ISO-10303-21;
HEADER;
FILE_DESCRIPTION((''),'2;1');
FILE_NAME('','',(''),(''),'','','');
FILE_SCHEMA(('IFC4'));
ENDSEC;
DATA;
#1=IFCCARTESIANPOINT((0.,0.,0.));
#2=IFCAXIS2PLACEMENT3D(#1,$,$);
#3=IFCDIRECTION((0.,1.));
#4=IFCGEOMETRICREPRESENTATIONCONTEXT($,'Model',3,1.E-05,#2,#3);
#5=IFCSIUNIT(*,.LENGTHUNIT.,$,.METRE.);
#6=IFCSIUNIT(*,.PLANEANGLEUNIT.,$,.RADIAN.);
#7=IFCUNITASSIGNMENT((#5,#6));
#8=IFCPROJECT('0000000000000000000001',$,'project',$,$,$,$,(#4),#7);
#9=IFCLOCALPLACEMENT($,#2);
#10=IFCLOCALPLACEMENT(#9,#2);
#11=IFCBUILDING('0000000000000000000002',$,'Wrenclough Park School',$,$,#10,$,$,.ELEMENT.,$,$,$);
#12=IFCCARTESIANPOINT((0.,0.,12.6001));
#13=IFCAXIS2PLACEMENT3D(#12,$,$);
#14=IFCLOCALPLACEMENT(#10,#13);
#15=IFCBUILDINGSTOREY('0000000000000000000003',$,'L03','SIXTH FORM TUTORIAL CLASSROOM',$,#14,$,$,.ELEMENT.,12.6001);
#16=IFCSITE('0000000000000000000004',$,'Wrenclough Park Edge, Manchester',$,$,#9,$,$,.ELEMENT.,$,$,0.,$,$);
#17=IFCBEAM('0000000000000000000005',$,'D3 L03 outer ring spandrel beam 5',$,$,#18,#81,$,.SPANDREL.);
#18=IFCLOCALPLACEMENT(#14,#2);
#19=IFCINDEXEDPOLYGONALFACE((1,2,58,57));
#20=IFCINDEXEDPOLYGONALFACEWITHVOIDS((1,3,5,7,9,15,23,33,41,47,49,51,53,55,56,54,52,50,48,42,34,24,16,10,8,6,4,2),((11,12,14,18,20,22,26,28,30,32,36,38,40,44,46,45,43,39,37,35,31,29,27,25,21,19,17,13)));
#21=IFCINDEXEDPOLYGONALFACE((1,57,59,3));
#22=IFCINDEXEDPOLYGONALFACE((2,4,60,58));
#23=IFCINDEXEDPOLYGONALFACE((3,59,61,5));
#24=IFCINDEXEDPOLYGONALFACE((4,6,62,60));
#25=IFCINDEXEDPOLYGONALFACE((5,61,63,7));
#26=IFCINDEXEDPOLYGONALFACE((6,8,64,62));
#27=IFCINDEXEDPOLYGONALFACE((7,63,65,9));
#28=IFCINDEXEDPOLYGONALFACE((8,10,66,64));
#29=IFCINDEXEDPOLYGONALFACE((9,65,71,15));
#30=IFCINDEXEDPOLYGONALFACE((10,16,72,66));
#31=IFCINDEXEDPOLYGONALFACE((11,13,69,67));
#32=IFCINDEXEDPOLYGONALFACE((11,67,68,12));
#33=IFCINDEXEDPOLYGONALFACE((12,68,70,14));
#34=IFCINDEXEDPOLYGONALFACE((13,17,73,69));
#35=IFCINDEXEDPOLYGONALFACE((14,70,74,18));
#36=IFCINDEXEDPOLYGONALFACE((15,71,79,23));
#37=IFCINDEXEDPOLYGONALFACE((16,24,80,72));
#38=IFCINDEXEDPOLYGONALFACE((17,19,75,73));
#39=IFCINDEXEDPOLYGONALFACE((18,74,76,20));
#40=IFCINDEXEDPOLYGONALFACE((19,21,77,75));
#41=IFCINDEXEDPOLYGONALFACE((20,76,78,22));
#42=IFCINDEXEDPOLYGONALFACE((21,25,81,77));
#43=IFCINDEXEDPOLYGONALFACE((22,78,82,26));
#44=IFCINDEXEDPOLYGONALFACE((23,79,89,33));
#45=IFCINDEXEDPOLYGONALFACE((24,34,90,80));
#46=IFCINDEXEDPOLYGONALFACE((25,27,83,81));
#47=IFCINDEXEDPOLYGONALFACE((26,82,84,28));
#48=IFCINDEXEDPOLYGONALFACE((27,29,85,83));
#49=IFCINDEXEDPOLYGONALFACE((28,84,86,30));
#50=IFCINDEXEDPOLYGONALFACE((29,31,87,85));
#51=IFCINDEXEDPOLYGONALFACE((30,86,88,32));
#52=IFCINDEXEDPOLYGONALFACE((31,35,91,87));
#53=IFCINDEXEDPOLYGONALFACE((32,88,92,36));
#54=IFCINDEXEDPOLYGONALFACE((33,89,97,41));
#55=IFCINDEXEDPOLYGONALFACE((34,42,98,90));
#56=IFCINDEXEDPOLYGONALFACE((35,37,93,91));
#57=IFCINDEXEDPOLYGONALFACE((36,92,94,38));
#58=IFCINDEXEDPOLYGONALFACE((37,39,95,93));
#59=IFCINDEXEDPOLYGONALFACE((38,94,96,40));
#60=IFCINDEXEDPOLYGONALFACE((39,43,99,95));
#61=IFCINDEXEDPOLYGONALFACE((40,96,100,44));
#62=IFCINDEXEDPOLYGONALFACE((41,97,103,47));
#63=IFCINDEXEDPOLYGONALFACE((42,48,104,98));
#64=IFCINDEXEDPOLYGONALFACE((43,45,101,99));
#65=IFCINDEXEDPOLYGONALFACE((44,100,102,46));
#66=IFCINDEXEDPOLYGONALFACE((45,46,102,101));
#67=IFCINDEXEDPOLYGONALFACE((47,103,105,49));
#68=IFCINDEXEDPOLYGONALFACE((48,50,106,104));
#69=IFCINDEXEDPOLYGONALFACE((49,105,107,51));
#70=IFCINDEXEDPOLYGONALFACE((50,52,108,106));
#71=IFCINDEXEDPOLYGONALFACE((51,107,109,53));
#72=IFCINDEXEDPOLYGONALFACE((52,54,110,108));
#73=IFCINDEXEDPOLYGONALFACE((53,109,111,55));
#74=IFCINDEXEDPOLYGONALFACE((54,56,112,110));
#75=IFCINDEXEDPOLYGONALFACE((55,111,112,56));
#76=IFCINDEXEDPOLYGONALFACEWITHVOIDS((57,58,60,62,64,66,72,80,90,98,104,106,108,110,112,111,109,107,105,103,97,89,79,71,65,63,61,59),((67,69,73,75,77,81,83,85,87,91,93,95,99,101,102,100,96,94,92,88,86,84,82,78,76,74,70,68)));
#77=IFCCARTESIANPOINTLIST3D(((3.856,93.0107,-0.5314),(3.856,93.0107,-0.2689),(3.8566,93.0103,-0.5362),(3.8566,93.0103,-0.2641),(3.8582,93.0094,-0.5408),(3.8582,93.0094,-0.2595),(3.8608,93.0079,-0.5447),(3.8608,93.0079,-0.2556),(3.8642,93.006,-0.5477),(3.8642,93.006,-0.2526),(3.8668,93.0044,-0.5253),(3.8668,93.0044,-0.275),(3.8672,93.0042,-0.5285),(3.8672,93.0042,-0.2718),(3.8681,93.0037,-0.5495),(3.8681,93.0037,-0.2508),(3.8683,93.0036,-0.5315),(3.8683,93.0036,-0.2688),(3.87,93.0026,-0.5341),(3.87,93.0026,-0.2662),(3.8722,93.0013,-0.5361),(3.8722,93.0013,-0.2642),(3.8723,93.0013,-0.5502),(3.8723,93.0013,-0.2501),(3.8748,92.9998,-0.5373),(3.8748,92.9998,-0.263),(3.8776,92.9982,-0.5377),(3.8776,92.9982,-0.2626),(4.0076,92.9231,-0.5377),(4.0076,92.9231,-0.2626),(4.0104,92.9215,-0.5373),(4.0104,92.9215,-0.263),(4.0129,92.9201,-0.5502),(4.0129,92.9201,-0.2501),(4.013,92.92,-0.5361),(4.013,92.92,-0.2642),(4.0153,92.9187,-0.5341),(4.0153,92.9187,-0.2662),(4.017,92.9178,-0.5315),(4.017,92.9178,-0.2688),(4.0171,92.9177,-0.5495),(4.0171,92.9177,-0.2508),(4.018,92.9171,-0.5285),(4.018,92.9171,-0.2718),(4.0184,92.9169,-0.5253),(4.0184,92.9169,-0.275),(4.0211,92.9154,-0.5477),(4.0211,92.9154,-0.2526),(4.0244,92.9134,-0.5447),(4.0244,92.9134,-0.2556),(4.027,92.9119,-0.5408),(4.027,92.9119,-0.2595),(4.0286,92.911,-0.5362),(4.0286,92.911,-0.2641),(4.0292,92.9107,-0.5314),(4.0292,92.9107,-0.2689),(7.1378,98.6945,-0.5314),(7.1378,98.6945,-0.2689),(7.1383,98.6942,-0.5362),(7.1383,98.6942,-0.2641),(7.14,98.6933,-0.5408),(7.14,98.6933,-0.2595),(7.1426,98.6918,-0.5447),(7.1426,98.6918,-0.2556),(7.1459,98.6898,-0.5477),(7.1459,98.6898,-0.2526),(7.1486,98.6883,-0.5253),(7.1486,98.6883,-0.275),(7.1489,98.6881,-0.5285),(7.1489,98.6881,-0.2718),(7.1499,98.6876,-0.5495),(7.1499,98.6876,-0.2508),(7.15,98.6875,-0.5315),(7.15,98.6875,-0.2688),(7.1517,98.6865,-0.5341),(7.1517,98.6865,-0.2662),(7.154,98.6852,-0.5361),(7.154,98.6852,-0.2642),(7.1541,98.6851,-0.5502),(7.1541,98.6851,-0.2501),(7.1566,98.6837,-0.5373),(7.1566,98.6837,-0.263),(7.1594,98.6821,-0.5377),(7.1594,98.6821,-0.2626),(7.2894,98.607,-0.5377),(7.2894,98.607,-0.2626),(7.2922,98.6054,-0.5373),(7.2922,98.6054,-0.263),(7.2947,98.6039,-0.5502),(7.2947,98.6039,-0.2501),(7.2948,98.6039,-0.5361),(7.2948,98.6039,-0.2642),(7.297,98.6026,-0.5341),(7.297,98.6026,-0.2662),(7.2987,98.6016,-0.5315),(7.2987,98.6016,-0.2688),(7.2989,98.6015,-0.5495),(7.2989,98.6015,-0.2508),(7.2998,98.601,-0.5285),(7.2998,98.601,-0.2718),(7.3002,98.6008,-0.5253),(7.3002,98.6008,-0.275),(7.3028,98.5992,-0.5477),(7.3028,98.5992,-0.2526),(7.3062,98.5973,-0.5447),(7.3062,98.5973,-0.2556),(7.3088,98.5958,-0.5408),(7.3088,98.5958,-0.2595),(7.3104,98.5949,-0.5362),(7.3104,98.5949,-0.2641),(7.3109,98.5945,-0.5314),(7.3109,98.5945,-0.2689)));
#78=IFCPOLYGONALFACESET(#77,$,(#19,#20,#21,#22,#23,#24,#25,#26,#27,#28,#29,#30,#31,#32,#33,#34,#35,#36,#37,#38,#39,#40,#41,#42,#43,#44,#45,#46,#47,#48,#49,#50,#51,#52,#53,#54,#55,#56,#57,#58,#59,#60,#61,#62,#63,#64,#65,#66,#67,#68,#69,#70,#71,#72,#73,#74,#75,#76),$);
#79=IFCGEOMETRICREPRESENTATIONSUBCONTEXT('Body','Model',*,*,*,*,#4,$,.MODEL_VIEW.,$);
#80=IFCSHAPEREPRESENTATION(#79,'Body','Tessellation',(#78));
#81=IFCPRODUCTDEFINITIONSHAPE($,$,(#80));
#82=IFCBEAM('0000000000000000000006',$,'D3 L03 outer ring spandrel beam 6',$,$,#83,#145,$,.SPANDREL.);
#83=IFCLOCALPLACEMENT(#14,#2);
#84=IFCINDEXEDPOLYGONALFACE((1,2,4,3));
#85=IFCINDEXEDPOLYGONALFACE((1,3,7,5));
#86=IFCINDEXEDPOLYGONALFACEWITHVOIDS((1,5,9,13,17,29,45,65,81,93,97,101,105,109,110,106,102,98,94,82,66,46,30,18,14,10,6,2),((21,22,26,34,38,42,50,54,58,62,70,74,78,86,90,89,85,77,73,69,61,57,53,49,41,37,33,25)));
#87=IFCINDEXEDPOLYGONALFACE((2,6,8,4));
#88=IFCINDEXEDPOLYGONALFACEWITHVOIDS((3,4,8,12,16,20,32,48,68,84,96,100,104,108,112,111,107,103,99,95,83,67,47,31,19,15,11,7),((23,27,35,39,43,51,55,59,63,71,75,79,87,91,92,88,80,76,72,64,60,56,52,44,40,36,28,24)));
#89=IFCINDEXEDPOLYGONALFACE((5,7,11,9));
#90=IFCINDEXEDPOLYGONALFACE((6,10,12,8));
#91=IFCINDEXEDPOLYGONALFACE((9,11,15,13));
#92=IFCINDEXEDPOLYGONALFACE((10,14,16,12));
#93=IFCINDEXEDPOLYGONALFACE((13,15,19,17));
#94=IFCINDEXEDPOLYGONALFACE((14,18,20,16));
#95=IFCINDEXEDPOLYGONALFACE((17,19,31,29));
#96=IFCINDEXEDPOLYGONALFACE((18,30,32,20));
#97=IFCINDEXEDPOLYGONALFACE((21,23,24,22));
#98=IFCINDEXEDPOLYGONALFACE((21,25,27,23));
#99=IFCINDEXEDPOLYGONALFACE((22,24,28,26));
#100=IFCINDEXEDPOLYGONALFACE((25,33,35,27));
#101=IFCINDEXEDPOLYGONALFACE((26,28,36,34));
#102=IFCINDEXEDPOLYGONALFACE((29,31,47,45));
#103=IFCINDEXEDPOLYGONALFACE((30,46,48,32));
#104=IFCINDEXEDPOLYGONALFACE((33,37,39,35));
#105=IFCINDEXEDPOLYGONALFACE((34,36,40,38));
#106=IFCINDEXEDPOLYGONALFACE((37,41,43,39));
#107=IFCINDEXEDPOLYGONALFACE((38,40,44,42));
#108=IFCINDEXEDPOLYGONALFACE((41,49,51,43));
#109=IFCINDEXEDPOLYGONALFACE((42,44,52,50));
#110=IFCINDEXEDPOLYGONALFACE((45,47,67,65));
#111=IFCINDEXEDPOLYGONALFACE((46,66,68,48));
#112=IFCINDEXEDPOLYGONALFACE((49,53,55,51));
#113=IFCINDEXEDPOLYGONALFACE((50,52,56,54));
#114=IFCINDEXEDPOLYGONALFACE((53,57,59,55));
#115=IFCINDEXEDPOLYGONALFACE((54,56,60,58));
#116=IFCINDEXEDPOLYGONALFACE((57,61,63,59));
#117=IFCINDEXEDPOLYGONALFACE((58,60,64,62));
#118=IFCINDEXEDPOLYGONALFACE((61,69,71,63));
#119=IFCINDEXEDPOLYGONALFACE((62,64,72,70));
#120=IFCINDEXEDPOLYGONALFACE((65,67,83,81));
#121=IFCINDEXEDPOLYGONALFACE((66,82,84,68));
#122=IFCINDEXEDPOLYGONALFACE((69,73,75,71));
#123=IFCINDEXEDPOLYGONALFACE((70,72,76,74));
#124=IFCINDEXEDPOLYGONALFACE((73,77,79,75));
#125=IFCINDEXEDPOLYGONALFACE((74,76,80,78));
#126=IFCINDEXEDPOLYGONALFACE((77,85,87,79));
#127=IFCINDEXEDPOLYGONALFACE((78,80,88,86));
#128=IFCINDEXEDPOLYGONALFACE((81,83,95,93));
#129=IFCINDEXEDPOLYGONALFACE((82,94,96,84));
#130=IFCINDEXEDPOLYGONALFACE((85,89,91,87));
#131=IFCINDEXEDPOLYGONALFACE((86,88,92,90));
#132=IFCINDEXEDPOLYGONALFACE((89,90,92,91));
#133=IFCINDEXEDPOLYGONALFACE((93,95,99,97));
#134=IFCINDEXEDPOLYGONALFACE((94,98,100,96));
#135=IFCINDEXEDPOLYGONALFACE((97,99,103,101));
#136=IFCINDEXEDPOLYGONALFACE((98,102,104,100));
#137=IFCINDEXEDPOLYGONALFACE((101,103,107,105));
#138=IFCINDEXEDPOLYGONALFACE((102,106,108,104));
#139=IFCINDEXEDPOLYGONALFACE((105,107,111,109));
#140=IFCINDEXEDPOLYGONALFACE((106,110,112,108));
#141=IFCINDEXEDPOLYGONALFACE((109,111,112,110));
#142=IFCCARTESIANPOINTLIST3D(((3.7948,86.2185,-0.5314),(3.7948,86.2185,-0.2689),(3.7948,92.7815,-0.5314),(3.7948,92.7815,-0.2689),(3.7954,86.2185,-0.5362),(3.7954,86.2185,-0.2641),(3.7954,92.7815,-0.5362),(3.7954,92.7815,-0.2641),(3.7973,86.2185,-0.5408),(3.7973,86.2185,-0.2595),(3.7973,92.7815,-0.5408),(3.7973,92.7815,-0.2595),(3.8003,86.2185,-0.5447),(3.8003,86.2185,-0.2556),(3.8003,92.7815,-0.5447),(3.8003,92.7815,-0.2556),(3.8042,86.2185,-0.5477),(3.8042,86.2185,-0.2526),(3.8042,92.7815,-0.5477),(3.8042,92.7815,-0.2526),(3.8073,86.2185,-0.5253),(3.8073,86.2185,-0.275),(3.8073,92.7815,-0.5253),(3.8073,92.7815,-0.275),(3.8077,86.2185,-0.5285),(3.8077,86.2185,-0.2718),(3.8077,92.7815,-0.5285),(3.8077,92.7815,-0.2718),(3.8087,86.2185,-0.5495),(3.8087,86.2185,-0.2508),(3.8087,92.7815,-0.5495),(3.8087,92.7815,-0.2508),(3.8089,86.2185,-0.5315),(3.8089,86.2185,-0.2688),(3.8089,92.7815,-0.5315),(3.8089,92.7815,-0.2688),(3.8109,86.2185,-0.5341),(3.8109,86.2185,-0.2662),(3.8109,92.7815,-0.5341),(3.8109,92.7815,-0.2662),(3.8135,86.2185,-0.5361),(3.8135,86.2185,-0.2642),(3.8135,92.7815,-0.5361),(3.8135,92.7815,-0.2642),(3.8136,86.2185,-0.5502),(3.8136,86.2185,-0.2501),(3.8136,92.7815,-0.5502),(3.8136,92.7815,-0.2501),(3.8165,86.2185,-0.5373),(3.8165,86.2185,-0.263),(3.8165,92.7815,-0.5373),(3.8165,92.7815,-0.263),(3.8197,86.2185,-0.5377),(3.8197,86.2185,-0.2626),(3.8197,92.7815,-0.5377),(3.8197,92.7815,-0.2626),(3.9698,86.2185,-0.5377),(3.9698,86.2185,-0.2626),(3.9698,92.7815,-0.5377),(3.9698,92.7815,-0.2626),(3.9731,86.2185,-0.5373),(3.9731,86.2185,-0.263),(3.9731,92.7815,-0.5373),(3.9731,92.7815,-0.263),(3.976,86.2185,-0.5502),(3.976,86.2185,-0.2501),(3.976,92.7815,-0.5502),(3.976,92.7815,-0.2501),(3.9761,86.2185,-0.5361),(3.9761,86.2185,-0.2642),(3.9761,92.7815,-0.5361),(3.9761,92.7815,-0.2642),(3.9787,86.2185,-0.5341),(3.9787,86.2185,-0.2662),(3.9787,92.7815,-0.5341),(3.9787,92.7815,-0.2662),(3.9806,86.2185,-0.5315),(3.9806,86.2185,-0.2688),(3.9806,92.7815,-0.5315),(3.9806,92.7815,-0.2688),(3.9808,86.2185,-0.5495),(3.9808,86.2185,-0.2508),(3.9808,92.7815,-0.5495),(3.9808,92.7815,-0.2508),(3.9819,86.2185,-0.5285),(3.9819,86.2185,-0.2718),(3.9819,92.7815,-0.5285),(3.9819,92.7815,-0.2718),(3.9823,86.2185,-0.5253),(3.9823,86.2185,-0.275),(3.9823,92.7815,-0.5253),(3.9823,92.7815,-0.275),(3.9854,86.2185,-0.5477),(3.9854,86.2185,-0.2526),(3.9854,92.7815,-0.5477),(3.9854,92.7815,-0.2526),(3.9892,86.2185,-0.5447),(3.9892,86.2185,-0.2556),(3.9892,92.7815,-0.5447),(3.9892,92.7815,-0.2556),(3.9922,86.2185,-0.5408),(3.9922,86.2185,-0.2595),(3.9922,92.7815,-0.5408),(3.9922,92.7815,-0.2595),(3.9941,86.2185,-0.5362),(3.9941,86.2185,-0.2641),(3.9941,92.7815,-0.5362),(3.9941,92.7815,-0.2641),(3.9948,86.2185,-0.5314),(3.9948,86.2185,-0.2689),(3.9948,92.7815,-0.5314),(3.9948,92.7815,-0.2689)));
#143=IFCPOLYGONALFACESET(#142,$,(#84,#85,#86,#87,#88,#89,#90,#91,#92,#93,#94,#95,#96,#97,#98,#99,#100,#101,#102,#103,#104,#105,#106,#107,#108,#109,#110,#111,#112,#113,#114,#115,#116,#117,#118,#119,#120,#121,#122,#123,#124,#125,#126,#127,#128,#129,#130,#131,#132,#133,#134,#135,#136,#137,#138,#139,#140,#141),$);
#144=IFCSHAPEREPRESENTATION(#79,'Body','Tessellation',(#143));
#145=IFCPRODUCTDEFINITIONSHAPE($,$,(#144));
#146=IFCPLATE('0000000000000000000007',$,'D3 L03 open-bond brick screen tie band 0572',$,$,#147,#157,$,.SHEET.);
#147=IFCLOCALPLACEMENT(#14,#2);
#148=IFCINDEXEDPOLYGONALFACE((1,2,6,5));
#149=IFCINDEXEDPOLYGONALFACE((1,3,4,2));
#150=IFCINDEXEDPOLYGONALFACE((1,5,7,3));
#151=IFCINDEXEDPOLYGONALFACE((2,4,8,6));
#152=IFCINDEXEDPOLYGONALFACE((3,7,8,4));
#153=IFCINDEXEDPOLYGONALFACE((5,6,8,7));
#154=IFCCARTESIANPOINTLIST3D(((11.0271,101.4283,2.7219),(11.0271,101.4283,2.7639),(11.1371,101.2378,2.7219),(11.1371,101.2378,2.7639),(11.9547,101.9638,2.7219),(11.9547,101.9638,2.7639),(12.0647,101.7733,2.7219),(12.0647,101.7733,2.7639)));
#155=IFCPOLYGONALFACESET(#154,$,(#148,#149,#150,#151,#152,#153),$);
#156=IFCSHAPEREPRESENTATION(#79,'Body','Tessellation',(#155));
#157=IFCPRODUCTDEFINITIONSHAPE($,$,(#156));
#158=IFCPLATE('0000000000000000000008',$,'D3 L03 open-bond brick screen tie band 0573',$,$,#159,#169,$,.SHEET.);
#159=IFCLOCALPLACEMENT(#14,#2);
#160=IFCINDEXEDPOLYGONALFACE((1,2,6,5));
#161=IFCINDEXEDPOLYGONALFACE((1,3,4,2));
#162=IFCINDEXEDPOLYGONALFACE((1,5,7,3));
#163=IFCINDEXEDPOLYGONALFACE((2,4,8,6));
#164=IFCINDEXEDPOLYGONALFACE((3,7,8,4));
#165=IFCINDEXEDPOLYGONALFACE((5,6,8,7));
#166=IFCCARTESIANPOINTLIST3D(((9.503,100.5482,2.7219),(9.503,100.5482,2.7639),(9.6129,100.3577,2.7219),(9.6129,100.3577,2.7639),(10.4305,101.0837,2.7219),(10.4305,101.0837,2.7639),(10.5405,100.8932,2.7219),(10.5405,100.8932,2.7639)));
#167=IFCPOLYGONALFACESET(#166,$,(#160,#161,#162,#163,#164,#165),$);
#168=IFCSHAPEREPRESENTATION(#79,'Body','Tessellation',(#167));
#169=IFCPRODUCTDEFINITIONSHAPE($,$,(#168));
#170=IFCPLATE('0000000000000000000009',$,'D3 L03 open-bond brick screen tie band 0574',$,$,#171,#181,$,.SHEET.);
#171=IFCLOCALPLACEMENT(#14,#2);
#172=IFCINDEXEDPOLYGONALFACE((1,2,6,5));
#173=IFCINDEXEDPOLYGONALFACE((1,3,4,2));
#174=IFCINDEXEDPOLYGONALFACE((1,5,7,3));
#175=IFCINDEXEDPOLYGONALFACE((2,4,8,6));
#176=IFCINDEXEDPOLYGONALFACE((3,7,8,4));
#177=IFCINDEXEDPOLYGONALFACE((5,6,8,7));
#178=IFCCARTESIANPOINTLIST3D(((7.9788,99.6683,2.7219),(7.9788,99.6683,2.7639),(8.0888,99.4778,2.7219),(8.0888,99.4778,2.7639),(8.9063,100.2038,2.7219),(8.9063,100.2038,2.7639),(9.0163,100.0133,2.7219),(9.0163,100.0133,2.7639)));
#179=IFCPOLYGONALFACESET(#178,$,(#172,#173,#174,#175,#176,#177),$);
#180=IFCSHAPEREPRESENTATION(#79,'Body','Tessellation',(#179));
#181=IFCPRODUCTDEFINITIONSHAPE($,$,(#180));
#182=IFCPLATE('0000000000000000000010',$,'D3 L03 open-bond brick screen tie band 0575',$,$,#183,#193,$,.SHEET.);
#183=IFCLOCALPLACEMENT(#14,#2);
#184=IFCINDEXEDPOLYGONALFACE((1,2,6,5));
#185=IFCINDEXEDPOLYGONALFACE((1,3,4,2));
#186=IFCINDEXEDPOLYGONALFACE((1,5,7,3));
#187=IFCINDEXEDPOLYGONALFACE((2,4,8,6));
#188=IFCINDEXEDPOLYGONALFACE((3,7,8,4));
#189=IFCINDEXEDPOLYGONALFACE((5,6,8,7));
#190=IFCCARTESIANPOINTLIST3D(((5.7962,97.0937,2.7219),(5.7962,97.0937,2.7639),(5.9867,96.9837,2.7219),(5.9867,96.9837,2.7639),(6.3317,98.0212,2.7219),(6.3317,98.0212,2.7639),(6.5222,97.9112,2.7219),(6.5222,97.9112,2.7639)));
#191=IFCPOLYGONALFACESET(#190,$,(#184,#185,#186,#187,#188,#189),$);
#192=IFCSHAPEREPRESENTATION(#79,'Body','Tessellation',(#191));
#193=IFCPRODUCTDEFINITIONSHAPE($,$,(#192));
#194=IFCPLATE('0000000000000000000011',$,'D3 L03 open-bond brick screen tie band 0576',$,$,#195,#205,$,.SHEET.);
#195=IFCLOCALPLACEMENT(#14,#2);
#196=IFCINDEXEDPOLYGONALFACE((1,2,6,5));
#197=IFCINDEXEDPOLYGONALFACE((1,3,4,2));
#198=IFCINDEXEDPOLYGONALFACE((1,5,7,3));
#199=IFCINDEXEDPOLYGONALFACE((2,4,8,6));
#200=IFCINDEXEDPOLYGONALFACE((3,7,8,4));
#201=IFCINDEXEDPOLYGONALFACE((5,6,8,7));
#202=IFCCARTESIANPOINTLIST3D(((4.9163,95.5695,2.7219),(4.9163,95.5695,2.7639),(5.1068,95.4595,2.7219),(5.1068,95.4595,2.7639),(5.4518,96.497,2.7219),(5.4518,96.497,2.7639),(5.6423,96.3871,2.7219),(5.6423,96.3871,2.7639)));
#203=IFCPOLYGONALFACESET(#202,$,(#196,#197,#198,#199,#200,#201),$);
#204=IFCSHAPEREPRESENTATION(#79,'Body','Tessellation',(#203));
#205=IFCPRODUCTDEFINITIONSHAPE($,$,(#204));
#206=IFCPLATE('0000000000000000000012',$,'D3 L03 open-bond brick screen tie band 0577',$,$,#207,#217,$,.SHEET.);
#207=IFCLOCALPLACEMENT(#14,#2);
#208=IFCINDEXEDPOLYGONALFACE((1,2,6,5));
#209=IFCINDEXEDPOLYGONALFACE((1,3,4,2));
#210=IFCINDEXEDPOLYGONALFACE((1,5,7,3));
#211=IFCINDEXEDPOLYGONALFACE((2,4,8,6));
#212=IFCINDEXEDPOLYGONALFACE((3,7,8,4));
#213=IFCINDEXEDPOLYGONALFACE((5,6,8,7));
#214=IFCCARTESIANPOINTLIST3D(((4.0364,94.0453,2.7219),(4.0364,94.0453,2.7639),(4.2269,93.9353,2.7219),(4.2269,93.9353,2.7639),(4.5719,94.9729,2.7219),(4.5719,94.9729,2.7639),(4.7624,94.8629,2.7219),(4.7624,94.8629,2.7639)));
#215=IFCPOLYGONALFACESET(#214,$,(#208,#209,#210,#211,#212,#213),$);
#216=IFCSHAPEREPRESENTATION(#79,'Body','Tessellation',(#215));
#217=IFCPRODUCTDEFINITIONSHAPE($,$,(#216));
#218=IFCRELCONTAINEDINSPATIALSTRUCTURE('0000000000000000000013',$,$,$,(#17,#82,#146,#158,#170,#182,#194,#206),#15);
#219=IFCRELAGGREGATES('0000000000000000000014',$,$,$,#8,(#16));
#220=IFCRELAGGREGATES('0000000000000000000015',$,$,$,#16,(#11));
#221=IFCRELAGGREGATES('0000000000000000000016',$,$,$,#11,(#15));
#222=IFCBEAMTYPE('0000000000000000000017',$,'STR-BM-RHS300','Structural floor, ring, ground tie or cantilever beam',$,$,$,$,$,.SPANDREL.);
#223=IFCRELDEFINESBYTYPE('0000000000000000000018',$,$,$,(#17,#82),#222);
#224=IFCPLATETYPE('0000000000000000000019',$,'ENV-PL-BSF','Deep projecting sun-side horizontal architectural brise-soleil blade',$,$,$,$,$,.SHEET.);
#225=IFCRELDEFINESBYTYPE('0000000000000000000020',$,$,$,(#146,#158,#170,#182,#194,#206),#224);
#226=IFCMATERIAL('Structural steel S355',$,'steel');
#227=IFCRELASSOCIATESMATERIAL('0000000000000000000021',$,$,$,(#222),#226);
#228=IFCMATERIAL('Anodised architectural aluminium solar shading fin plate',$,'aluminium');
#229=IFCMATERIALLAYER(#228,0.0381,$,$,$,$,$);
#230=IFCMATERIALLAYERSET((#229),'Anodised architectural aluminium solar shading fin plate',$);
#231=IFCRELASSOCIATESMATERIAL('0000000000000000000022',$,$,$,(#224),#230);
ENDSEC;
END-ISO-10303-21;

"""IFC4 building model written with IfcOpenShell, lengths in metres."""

from ifc_helpers import new_model, si_unit, direction, frame, origin, origin_2d, place, context, subcontext, project, spatial, rectangle, hollow_rectangle, extrude, material, layer, layer_set, material_profile, profile_set, type_object, element, save


model = new_model("IFC4")

# Units and contexts
model_context = context("Model", 3, precision=1e-05, world=origin(), true_north=direction((0.0, 1.0)))
body_context = subcontext(model_context, "Body", "Model", "MODEL_VIEW")
ifc_project = project(units=[si_unit("LENGTHUNIT", "METRE"), si_unit("PLANEANGLEUNIT", "RADIAN")], contexts=[model_context])

# Site, building, storey
site_placement = place(None, origin())
site = spatial("IfcSite", under=ifc_project, at=site_placement, Name="Wrenclough Park Edge, Manchester", CompositionType="ELEMENT", RefElevation=0.0)
building_placement = place(site_placement, origin())
building = spatial("IfcBuilding", under=site, at=building_placement, Name="Wrenclough Park School", CompositionType="ELEMENT")
storey_placement = place(building_placement, frame((0.0, 0.0, 12.6001)))
storey = spatial("IfcBuildingStorey", under=building, at=storey_placement, Name="L03", Description="SIXTH FORM TUTORIAL CLASSROOM", CompositionType="ELEMENT", Elevation=12.6001)

# Shared definitions
ifc_material_1 = material(Name="Structural steel S355", Category="steel")

# Beams
ifc_material_profile_1 = material_profile(ifc_material_1, hollow_rectangle(XDim=0.2, YDim=0.3, WallThickness=0.0125, InnerFilletRadius=0.0125, OuterFilletRadius=0.0188, at=origin_2d()), Name="RHS 300x200x12.5")
ifc_profile_set_1 = profile_set([ifc_material_profile_1], Name="Structural steel S355")
beam_type = type_object("IfcBeamType", Name="STR-BM-RHS300", Description="Structural floor, ring, ground tie or cantilever beam", PredefinedType="SPANDREL", material=ifc_profile_set_1)
beam_1_placement = place(storey_placement, frame((7.2244, 98.6445, -0.4001), z_axis=(-0.50002, -0.866014, 0.0), x_axis=(0.866014, -0.50002, 0.0)))
element("IfcBeam", 1, at=beam_1_placement, inside=storey, type_object=beam_type, Name="D3 L03 outer ring spandrel beam 5", PredefinedType="SPANDREL", context=body_context, shape_type="SweptSolid", body=[
    extrude(hollow_rectangle(XDim=0.2, YDim=0.3, WallThickness=0.0125, InnerFilletRadius=0.0125, OuterFilletRadius=0.0188, at=origin_2d()), origin(), (0.0, 0.0, 1.0), 6.5632),
])
beam_2_placement = place(storey_placement, frame((3.8948, 92.7815, -0.4001), z_axis=(0.0, -1.0, 0.0), x_axis=(1.0, 0.0, 0.0)))
element("IfcBeam", 2, at=beam_2_placement, inside=storey, type_object=beam_type, Name="D3 L03 outer ring spandrel beam 6", PredefinedType="SPANDREL", context=body_context, shape_type="SweptSolid", body=[
    extrude(hollow_rectangle(XDim=0.2, YDim=0.3, WallThickness=0.0125, InnerFilletRadius=0.0125, OuterFilletRadius=0.0188, at=origin_2d()), origin(), (0.0, 0.0, 1.0), 6.563),
])

# Plates
ifc_material_2 = material(Name="Anodised architectural aluminium solar shading fin plate", Category="aluminium")
ifc_layer_1 = layer(ifc_material_2, 0.0381)
ifc_layer_set_1 = layer_set([ifc_layer_1], Name="Anodised architectural aluminium solar shading fin plate")
plate_type = type_object("IfcPlateType", Name="ENV-PL-BSF", Description="Deep projecting sun-side horizontal architectural brise-soleil blade", PredefinedType="SHEET", material=ifc_layer_set_1)
for number, where, z_axis, x_axis, name in (
    (3, (11.5459, 101.6008, 2.7219), (0.0, 0.0, 1.0), (-0.866031, -0.499991, 0.0), "D3 L03 open-bond brick screen tie band 0572"),
    (4, (10.0217, 100.7207, 2.7219), (0.0, 0.0, 1.0), (-0.866031, -0.499991, 0.0), "D3 L03 open-bond brick screen tie band 0573"),
    (5, (8.4976, 99.8408, 2.7219), (0.0, 0.0, 1.0), (-0.866031, -0.499991, 0.0), "D3 L03 open-bond brick screen tie band 0574"),
    (6, (6.1592, 97.5024, 2.7219), (0.0, 0.0, 1.0), (-0.499991, -0.866031, 0.0), "D3 L03 open-bond brick screen tie band 0575"),
    (7, (5.2793, 95.9783, 2.7219), (0.0, 0.0, 1.0), (-0.499991, -0.866031, 0.0), "D3 L03 open-bond brick screen tie band 0576"),
    (8, (4.3994, 94.4541, 2.7219), (0.0, 0.0, 1.0), (-0.499991, -0.866031, 0.0), "D3 L03 open-bond brick screen tie band 0577"),
):
    element("IfcPlate", number, at=place(storey_placement, frame(where, z_axis=z_axis, x_axis=x_axis)), inside=storey, type_object=plate_type, Name=name, PredefinedType="SHEET", context=body_context, shape_type="SweptSolid", body=[
        extrude(rectangle(XDim=1.071, YDim=0.22, at=origin_2d()), origin(), (0.0, 0.0, 1.0), 0.042),
    ])

save(model, "model.ifc")
